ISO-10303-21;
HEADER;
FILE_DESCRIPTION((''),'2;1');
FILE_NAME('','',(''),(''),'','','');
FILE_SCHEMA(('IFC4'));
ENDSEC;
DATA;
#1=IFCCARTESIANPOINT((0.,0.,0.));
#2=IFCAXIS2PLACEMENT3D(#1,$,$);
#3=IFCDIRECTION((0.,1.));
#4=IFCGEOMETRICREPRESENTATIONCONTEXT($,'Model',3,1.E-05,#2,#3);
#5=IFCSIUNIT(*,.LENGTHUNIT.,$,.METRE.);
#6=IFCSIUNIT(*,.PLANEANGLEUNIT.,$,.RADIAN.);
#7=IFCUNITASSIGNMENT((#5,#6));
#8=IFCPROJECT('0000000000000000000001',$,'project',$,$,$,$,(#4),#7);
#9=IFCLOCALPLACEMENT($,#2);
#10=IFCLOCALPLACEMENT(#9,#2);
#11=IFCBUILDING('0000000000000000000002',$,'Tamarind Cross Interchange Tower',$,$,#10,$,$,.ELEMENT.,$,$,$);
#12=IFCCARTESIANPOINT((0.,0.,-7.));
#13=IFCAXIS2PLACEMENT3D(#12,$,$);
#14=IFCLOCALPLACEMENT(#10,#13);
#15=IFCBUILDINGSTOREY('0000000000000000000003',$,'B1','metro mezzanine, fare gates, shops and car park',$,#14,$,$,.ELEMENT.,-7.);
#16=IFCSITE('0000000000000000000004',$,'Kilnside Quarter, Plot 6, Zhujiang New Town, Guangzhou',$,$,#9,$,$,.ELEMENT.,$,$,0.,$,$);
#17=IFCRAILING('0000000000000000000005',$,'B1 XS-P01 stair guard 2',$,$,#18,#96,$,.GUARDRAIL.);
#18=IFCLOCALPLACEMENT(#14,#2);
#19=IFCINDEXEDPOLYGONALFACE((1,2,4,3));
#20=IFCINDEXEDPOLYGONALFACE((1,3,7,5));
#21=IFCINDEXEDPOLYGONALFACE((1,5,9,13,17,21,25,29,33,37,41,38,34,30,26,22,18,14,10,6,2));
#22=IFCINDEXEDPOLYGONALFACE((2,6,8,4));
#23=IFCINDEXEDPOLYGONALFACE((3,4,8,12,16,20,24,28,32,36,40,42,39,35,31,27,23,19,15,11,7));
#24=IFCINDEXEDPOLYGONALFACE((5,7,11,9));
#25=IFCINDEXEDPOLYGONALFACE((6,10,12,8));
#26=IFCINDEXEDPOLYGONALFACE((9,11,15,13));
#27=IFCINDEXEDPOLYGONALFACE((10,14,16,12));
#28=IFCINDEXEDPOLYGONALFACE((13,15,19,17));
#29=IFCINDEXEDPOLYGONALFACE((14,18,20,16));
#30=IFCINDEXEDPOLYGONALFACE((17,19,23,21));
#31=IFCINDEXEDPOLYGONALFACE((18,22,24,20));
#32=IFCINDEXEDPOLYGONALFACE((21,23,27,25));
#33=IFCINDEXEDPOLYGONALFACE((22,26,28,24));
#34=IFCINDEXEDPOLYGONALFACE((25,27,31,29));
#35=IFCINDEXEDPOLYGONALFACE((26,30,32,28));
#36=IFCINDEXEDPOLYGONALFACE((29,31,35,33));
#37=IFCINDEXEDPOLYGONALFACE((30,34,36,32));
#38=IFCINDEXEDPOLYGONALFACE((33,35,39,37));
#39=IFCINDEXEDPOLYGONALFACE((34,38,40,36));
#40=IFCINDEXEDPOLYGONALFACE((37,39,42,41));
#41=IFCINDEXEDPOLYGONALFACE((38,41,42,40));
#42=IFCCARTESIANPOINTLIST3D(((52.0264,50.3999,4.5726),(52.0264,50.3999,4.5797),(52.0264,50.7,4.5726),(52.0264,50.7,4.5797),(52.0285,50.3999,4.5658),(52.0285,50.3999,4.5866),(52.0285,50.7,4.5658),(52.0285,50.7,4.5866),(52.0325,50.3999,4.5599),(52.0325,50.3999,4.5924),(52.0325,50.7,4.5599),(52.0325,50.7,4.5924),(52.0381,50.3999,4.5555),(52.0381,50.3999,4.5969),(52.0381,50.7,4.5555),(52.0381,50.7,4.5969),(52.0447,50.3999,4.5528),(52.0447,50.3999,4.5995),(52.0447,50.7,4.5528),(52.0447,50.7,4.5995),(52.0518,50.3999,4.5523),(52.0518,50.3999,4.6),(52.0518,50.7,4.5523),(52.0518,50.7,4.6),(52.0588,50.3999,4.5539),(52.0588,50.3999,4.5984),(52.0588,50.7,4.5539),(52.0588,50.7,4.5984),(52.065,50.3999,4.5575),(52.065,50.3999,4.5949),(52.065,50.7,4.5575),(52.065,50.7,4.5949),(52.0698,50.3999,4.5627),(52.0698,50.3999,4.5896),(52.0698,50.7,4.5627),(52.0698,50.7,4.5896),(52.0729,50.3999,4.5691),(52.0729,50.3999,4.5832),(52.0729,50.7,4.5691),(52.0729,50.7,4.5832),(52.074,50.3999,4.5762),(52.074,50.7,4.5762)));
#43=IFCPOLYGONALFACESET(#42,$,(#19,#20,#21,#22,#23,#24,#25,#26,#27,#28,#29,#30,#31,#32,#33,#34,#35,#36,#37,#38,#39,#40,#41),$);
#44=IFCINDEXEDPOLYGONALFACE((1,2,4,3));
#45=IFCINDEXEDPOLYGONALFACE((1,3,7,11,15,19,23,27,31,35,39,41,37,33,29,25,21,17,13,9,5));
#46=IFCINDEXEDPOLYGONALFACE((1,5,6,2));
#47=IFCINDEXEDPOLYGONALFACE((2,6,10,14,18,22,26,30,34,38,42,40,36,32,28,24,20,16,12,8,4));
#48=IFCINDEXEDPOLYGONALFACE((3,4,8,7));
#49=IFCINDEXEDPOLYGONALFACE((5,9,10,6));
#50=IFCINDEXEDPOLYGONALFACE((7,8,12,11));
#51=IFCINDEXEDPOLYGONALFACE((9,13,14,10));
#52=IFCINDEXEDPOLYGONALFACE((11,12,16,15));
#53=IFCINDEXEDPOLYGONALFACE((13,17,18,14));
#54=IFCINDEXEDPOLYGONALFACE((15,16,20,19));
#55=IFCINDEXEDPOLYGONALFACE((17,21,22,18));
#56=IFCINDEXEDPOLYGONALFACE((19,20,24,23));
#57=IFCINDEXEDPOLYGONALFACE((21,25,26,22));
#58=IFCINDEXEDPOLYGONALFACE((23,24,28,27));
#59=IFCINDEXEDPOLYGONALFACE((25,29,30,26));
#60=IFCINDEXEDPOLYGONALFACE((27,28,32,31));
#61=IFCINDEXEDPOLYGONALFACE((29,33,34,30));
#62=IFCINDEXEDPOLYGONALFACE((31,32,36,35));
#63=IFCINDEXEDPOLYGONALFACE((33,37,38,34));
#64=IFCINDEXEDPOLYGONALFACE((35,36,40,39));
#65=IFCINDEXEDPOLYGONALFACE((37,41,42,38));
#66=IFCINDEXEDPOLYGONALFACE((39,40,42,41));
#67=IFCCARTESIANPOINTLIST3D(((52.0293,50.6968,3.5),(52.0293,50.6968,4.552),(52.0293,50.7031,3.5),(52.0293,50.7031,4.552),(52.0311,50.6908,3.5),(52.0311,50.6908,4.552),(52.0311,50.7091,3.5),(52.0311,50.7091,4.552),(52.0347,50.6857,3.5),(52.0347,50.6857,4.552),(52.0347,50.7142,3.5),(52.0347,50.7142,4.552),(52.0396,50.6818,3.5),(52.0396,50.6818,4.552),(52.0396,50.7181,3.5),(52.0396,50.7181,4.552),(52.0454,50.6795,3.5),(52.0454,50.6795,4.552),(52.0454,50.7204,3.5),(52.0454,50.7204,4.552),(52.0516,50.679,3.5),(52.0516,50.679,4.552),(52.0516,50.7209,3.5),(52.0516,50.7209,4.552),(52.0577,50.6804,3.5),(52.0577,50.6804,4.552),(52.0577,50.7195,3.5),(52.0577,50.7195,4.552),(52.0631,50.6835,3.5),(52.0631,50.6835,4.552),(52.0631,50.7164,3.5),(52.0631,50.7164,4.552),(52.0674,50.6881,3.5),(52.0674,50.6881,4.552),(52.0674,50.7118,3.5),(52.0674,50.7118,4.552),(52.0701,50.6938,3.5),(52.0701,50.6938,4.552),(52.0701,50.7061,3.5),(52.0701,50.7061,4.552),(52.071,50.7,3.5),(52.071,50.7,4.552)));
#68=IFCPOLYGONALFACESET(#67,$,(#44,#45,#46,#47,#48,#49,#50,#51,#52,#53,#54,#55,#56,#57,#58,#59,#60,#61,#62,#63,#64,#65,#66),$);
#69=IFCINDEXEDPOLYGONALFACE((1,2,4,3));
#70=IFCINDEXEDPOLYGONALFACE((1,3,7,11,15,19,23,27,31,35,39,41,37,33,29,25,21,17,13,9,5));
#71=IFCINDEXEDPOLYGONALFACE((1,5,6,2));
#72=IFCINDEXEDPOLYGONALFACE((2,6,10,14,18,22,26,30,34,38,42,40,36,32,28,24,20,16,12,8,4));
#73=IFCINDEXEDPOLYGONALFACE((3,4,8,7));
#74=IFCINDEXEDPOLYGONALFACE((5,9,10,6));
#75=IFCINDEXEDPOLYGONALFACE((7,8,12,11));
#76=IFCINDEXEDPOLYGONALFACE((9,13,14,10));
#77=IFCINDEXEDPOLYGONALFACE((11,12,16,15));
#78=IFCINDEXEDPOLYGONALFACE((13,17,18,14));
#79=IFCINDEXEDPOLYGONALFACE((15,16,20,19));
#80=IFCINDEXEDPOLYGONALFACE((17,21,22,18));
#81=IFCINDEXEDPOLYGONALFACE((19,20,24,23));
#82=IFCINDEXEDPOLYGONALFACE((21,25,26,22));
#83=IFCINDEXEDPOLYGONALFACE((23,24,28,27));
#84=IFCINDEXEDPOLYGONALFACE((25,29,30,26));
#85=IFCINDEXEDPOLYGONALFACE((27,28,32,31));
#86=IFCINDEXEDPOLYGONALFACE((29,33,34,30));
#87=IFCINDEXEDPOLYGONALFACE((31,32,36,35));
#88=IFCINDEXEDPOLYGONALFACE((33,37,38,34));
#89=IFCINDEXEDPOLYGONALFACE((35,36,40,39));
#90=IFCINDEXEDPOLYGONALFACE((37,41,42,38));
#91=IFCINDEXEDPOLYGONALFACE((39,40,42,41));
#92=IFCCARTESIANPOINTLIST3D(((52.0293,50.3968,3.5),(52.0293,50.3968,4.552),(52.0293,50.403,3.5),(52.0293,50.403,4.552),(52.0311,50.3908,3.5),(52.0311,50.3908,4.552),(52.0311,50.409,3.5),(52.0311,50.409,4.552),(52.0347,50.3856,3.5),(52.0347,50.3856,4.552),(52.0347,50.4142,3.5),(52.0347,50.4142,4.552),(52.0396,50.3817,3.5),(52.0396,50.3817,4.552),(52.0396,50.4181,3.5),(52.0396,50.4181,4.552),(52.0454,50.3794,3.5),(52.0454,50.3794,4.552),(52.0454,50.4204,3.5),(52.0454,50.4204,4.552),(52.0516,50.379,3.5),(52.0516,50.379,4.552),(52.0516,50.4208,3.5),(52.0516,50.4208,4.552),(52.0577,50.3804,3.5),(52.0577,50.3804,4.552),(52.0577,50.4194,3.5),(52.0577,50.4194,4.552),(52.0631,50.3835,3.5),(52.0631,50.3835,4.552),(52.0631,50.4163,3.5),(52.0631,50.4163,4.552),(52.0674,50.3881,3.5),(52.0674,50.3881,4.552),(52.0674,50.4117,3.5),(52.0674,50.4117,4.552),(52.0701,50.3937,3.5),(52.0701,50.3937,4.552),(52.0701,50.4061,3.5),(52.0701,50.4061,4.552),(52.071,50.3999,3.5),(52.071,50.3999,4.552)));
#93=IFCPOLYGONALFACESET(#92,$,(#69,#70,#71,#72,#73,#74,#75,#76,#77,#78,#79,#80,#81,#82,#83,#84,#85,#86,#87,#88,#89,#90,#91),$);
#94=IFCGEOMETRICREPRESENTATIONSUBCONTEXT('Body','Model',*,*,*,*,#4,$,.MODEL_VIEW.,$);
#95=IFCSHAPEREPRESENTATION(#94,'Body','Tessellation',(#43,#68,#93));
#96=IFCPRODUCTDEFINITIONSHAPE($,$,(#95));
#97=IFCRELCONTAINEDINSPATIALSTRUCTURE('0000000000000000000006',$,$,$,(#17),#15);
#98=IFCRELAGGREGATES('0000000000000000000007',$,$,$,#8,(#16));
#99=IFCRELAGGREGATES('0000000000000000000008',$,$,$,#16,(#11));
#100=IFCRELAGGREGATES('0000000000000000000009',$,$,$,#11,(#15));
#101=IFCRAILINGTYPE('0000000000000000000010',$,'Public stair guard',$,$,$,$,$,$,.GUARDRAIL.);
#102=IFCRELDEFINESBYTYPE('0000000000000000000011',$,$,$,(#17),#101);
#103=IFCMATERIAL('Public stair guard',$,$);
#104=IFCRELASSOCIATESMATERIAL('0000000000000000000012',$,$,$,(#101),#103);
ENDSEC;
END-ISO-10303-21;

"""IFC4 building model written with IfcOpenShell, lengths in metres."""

from ifc_helpers import new_model, si_unit, direction, frame, origin, origin_2d, place, context, subcontext, project, spatial, circle, extrude, material, type_object, element, save


model = new_model("IFC4")

# Units and contexts
model_context = context("Model", 3, precision=1e-05, world=origin(), true_north=direction((0.0, 1.0)))
body_context = subcontext(model_context, "Body", "Model", "MODEL_VIEW")
ifc_project = project(units=[si_unit("LENGTHUNIT", "METRE"), si_unit("PLANEANGLEUNIT", "RADIAN")], contexts=[model_context])

# Site, building, storey
site_placement = place(None, origin())
site = spatial("IfcSite", under=ifc_project, at=site_placement, Name="Kilnside Quarter, Plot 6, Zhujiang New Town, Guangzhou", CompositionType="ELEMENT", RefElevation=0.0)
building_placement = place(site_placement, origin())
building = spatial("IfcBuilding", under=site, at=building_placement, Name="Tamarind Cross Interchange Tower", CompositionType="ELEMENT")
storey_placement = place(building_placement, frame((0.0, 0.0, -7.0)))
storey = spatial("IfcBuildingStorey", under=building, at=storey_placement, Name="B1", Description="metro mezzanine, fare gates, shops and car park", CompositionType="ELEMENT", Elevation=-7.0)

# Railing
ifc_material_1 = material(Name="Public stair guard")
railing_type_1 = type_object("IfcRailingType", Name="Public stair guard", PredefinedType="GUARDRAIL", material=ifc_material_1)
railing_1_placement = place(storey_placement, frame((52.05, 50.7, 3.5)))
element("IfcRailing", 1, at=railing_1_placement, inside=storey, type_object=railing_type_1, Name="B1 XS-P01 stair guard 2", PredefinedType="GUARDRAIL", context=body_context, shape_type="SweptSolid", body=[
    extrude(circle(Radius=0.0239, at=origin_2d()), frame((0.0, 0.0, 1.0762), z_axis=(0.0, -1.0, 0.0), x_axis=(1.0, 0.0, 0.0)), (0.0, 0.0, 1.0), 0.3),
    extrude(circle(Radius=0.021, at=origin_2d()), origin(), (0.0, 0.0, 1.0), 1.052),
    extrude(circle(Radius=0.021, at=origin_2d()), frame((0.0, -0.3, 0.0)), (0.0, 0.0, 1.0), 1.052),
])

save(model, "model.ifc")
